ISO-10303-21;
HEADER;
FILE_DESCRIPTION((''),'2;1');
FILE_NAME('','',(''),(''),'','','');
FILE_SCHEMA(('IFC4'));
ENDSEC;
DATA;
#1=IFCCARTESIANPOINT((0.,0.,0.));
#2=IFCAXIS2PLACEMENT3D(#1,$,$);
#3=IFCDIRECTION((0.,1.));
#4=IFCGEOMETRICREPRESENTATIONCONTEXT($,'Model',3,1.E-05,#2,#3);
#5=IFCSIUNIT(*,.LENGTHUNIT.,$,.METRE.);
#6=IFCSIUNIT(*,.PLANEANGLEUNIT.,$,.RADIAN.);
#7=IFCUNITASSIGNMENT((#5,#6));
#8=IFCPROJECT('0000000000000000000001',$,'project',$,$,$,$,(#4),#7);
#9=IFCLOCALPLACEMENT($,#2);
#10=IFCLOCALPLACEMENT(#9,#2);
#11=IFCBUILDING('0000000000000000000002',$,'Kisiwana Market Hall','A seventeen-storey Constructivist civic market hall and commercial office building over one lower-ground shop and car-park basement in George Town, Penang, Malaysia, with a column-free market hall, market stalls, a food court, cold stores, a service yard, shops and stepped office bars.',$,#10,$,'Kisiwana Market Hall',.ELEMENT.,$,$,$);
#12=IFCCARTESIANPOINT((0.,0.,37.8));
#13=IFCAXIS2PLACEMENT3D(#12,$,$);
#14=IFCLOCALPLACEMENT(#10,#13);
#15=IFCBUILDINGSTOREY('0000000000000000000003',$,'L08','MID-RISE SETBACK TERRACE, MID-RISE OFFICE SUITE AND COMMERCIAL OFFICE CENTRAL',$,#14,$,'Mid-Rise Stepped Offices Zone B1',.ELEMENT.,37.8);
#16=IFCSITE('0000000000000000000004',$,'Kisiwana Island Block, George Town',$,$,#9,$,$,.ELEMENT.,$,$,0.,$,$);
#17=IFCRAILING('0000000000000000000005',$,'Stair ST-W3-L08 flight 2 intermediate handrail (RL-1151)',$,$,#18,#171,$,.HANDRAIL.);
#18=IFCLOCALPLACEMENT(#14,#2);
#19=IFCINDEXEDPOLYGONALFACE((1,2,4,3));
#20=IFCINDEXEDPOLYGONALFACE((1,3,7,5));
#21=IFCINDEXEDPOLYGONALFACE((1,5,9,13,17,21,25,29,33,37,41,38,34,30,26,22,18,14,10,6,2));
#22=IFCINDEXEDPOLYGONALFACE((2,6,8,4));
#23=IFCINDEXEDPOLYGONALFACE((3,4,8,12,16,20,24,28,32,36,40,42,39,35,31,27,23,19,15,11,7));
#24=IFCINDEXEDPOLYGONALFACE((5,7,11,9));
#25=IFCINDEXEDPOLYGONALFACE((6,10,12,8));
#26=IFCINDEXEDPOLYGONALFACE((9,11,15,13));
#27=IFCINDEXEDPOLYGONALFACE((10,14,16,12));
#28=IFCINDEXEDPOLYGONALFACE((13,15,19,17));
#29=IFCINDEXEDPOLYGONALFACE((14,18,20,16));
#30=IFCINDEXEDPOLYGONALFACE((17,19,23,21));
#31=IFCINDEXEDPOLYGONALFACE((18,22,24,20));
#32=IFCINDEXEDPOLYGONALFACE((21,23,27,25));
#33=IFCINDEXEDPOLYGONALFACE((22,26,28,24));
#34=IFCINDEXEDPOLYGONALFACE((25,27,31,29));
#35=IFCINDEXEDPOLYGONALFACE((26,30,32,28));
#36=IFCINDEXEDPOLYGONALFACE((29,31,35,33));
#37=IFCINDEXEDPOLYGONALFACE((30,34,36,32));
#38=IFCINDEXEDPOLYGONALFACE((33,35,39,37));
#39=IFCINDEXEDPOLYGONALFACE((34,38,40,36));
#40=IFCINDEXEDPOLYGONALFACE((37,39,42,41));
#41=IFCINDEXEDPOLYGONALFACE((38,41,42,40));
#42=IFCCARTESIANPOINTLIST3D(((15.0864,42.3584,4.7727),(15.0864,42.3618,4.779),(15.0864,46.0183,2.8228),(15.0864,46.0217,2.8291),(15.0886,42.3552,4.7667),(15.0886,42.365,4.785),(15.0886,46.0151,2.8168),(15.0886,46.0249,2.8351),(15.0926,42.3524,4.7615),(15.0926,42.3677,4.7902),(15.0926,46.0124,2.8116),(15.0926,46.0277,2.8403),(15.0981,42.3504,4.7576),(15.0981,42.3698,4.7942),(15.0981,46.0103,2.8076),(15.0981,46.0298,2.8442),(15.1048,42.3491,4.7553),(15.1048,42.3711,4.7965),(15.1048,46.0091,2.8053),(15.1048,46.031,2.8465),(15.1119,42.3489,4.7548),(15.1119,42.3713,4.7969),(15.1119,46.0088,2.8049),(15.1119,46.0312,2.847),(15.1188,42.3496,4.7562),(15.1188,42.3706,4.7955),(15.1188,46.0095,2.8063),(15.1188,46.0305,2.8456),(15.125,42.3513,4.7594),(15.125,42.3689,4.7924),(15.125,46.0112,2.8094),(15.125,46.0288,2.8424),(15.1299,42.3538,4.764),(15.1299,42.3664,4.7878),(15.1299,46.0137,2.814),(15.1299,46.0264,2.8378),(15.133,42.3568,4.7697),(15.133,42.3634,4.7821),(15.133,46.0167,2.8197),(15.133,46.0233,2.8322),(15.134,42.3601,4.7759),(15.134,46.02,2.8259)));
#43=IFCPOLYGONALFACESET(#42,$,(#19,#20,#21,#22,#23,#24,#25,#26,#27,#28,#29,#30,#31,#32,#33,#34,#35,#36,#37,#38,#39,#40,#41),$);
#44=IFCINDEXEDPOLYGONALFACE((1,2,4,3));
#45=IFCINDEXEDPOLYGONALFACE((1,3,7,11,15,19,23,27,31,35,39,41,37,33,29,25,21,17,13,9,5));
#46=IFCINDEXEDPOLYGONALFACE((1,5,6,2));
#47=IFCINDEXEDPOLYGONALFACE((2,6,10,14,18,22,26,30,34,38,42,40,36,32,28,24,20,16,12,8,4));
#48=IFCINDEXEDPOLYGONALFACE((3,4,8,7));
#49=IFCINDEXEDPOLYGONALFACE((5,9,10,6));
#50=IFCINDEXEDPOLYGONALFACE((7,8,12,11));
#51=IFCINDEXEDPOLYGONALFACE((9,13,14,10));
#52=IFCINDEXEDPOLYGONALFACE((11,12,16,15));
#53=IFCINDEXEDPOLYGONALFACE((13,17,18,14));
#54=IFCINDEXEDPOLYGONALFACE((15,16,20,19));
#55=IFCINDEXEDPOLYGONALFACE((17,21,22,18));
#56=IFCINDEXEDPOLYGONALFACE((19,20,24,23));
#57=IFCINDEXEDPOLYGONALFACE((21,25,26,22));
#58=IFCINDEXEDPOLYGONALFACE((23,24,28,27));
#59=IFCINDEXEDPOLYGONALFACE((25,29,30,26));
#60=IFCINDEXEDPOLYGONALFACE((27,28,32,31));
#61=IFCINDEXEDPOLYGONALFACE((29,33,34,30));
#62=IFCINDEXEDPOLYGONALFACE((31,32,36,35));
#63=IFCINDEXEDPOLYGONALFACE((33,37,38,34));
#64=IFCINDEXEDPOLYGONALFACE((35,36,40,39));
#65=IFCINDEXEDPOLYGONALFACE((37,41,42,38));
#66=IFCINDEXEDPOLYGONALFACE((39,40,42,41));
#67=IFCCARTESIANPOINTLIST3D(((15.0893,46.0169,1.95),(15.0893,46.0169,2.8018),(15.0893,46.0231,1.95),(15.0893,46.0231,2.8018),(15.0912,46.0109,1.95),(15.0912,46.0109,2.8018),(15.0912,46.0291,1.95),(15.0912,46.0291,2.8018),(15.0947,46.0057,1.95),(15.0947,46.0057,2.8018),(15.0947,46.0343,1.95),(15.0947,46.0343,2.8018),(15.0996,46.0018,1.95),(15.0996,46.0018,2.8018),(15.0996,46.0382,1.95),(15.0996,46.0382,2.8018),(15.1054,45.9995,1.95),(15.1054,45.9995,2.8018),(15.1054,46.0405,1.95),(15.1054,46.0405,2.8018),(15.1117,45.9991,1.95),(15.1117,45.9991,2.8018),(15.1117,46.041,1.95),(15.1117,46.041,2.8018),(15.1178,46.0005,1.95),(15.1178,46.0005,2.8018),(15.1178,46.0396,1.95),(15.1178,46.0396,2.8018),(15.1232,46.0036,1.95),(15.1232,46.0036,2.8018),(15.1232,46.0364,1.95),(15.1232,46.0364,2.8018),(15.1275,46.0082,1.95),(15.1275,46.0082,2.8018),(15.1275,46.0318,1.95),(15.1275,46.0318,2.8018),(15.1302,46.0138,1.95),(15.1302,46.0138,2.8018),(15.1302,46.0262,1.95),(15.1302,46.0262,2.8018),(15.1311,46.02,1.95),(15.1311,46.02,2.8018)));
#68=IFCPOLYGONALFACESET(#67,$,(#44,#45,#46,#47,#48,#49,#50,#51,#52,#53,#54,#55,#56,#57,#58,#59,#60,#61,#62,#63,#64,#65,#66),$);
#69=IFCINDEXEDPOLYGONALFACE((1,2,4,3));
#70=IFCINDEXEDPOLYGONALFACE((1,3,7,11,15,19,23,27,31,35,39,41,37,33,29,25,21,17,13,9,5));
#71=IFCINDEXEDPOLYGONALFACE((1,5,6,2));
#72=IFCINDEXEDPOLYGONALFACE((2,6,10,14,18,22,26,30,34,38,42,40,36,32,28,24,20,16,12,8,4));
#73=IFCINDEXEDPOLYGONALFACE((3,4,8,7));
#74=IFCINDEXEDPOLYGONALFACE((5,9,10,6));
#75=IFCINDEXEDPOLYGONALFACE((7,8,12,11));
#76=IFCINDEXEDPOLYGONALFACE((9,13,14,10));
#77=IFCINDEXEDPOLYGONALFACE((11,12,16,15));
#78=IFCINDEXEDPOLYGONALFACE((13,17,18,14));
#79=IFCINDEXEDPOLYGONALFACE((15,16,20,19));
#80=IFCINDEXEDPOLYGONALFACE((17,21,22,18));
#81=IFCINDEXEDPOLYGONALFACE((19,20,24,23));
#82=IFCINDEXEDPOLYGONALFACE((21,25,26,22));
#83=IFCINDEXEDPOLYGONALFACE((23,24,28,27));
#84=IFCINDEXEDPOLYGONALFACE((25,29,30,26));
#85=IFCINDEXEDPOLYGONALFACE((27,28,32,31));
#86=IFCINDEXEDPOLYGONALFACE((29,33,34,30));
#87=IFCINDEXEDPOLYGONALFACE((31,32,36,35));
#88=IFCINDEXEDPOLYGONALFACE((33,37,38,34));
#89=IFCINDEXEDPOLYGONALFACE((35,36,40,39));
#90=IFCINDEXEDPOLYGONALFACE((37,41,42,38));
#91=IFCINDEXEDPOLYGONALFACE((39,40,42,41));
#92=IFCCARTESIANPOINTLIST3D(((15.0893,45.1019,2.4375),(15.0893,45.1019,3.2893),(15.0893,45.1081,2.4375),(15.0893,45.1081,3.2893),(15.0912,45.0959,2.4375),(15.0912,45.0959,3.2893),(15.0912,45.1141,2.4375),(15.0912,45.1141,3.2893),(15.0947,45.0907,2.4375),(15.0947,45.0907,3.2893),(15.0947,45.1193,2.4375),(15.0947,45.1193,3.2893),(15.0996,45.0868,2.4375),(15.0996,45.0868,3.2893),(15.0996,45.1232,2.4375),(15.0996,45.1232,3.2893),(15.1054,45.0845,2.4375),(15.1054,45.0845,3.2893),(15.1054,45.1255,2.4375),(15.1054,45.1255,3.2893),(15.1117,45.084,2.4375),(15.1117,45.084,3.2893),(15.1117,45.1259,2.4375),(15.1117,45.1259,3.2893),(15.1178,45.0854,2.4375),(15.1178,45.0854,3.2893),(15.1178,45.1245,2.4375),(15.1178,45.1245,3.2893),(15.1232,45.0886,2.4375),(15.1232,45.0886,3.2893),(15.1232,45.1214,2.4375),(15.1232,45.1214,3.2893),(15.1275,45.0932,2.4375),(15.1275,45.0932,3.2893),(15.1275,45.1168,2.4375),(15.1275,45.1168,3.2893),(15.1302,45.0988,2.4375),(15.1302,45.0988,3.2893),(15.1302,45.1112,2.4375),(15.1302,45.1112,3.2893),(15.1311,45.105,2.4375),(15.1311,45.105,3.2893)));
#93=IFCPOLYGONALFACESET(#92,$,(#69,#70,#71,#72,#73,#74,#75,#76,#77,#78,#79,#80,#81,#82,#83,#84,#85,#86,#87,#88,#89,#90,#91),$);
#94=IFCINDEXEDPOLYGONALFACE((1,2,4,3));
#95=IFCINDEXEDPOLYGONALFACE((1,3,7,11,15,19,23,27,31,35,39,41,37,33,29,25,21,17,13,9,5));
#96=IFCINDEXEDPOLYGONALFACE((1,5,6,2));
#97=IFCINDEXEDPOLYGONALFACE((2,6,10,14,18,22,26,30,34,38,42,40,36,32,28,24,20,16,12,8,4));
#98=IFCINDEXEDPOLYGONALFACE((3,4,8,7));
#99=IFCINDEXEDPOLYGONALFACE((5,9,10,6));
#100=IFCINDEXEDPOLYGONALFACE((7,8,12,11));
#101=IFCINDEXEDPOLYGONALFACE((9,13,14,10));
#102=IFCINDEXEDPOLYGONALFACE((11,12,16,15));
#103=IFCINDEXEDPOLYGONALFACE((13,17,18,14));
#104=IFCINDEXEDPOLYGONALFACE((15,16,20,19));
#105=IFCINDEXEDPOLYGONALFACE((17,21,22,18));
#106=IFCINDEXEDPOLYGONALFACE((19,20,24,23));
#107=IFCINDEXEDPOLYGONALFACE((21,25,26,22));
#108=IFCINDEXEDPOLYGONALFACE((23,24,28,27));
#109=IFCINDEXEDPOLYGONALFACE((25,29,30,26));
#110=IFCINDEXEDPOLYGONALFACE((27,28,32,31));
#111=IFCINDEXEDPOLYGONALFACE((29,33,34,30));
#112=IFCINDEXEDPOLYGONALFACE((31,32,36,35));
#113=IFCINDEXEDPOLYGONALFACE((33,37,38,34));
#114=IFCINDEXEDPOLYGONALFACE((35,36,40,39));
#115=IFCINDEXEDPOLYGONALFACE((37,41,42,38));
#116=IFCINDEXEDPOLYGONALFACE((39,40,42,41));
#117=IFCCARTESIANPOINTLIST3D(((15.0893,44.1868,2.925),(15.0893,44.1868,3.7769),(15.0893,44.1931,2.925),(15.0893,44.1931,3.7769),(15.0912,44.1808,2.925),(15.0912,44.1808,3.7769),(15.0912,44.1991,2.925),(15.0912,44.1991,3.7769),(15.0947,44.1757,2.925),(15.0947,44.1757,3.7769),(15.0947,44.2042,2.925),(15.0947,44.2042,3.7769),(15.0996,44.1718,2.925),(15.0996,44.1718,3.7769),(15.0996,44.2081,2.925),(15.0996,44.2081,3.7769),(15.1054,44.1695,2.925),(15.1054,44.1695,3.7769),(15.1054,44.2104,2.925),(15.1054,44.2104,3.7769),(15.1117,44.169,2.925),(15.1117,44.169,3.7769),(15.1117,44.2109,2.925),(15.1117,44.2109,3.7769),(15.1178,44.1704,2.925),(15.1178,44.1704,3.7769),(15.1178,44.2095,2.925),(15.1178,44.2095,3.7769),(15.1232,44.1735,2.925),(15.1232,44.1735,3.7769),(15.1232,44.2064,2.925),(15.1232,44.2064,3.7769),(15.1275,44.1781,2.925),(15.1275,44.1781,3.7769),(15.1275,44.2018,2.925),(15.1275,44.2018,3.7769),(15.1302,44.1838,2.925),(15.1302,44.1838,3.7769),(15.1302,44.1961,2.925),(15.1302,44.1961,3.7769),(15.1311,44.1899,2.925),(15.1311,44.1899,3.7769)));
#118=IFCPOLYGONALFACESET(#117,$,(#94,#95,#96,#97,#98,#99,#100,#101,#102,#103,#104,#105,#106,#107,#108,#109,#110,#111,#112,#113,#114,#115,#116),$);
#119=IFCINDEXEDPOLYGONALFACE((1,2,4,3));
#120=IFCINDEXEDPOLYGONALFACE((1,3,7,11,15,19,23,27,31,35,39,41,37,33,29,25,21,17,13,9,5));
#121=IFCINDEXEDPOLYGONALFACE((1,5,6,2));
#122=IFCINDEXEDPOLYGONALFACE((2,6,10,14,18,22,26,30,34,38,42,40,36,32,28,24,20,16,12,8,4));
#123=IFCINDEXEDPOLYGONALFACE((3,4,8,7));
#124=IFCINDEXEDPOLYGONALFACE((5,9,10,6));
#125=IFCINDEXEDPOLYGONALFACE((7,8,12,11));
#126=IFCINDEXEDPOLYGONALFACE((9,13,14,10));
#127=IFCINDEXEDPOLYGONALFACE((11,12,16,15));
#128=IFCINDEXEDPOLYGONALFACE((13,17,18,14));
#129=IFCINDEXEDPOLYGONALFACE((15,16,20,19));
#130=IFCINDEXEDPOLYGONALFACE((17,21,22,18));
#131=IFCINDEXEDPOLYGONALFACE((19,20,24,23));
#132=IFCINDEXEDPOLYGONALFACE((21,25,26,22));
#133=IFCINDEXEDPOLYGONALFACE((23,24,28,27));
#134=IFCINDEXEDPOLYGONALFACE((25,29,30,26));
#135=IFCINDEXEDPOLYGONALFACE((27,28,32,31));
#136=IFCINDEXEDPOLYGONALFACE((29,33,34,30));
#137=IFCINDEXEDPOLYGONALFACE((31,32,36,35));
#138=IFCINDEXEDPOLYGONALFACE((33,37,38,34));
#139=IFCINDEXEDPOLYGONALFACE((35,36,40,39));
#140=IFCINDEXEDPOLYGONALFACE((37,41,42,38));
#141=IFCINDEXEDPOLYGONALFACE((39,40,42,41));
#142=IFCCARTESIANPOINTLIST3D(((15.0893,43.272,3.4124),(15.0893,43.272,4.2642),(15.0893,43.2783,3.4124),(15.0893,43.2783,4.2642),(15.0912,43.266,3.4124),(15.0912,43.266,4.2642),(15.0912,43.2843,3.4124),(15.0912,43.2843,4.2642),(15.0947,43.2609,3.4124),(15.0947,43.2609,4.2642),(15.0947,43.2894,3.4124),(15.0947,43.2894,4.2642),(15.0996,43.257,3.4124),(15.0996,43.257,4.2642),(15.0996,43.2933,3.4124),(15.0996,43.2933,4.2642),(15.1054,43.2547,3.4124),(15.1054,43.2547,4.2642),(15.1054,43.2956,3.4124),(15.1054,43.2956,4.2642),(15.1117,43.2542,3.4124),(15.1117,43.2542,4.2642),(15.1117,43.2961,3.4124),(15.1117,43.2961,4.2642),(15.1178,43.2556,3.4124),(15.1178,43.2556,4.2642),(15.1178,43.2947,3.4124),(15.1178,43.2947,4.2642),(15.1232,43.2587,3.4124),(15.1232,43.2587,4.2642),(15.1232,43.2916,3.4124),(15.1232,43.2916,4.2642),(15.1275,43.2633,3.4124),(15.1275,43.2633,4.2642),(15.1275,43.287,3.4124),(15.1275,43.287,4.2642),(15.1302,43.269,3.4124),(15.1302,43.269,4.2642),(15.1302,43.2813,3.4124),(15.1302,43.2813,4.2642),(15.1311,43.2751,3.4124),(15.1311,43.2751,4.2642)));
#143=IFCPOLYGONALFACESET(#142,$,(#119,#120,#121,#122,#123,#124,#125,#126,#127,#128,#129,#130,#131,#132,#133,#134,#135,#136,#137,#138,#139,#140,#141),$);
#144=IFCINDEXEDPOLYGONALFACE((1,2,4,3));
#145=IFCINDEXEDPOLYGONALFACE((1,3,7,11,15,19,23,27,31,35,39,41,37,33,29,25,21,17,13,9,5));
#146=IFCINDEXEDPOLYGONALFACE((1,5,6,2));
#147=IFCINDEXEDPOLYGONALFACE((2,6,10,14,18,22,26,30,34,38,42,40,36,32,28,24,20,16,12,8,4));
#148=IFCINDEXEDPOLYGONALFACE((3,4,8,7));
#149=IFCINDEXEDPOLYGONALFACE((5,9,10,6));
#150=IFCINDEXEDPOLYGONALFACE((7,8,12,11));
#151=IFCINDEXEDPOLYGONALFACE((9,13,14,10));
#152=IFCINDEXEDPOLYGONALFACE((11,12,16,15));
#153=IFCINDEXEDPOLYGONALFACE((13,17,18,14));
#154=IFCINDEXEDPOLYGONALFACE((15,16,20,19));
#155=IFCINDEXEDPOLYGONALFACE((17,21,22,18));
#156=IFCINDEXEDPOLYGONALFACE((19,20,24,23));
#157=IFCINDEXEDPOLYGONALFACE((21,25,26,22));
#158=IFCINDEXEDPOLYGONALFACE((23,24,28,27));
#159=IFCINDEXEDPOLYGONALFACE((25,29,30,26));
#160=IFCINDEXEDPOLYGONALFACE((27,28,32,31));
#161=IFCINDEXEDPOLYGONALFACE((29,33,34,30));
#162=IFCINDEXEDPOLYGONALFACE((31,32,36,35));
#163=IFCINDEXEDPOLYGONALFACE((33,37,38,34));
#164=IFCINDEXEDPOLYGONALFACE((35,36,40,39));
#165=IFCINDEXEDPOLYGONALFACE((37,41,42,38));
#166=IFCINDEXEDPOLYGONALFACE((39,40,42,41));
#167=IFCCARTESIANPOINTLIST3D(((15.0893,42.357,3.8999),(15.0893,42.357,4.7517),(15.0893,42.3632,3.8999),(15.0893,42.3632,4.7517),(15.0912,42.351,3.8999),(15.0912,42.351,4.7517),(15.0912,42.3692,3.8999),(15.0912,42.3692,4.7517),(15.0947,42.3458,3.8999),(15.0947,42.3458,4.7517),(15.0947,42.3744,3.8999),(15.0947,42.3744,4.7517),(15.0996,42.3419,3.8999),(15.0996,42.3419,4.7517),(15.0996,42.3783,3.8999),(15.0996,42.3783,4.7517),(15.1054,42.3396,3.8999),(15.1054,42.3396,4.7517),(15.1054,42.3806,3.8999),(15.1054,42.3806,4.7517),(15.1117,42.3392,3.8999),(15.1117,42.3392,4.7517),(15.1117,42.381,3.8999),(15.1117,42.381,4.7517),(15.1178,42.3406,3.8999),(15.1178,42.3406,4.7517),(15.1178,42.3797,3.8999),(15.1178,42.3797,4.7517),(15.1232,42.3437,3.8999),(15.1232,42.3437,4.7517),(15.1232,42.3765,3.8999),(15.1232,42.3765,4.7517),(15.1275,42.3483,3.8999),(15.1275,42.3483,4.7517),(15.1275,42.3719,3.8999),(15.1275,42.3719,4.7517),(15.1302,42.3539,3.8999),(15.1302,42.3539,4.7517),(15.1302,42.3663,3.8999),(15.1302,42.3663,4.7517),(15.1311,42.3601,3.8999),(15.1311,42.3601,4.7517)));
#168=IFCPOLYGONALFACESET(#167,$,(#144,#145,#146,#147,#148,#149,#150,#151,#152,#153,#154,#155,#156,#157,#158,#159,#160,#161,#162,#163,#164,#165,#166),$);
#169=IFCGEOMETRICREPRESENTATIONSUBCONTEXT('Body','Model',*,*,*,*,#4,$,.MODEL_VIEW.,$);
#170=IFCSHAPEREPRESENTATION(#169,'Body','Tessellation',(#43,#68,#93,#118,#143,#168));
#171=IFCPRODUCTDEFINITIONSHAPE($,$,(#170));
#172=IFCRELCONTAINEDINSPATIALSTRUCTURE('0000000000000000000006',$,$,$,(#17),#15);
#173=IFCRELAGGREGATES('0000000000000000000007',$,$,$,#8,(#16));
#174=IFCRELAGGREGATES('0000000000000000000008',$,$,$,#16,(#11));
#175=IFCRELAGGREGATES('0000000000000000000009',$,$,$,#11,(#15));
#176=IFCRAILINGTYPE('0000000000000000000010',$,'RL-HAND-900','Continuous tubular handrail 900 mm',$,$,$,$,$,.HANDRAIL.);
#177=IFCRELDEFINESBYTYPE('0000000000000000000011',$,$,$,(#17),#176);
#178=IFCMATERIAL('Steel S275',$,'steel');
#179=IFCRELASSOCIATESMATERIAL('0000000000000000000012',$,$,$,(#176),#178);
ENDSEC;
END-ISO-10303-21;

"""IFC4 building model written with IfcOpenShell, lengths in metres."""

from ifc_helpers import new_model, si_unit, direction, frame, origin, origin_2d, place, context, subcontext, project, spatial, circle, extrude, material, type_object, element, save


model = new_model("IFC4")

# Units and contexts
model_context = context("Model", 3, precision=1e-05, world=origin(), true_north=direction((0.0, 1.0)))
body_context = subcontext(model_context, "Body", "Model", "MODEL_VIEW")
ifc_project = project(units=[si_unit("LENGTHUNIT", "METRE"), si_unit("PLANEANGLEUNIT", "RADIAN")], contexts=[model_context])

# Site, building, storey
site_placement = place(None, origin())
site = spatial("IfcSite", under=ifc_project, at=site_placement, Name="Kisiwana Island Block, George Town", CompositionType="ELEMENT", RefElevation=0.0)
building_placement = place(site_placement, origin())
building = spatial("IfcBuilding", under=site, at=building_placement, Name="Kisiwana Market Hall", Description="A seventeen-storey Constructivist civic market hall and commercial office building over one lower-ground shop and car-park basement in George Town, Penang, Malaysia, with a column-free market hall, market stalls, a food court, cold stores, a service yard, shops and stepped office bars.", LongName="Kisiwana Market Hall", CompositionType="ELEMENT")
storey_placement = place(building_placement, frame((0.0, 0.0, 37.8)))
storey = spatial("IfcBuildingStorey", under=building, at=storey_placement, Name="L08", Description="MID-RISE SETBACK TERRACE, MID-RISE OFFICE SUITE AND COMMERCIAL OFFICE CENTRAL", LongName="Mid-Rise Stepped Offices Zone B1", CompositionType="ELEMENT", Elevation=37.8)

# Railing
ifc_material_1 = material(Name="Steel S275", Category="steel")
railing_type_1 = type_object("IfcRailingType", Name="RL-HAND-900", Description="Continuous tubular handrail 900 mm", PredefinedType="HANDRAIL", material=ifc_material_1)
for number, where, name in (
    (1, (15.1101, 46.02, 1.95), "Stair ST-W3-L08 flight 2 intermediate handrail (RL-1151)"),
):
    element("IfcRailing", number, at=place(storey_placement, frame(where)), inside=storey, type_object=railing_type_1, Name=name, PredefinedType="HANDRAIL", context=body_context, shape_type="SweptSolid", body=[
        extrude(circle(Radius=0.0239, at=origin_2d()), frame((0.0, 0.0, 0.876), z_axis=(0.0, -0.882553, 0.470212), x_axis=(1.0, 0.0, 0.0)), (0.0, 0.0, 1.0), 4.147),
        extrude(circle(Radius=0.021, at=origin_2d()), origin(), (0.0, 0.0, 1.0), 0.8518),
        extrude(circle(Radius=0.021, at=origin_2d()), frame((0.0, -0.915, 0.4875)), (0.0, 0.0, 1.0), 0.8518),
        extrude(circle(Radius=0.021, at=origin_2d()), frame((0.0, -1.8301, 0.9751)), (0.0, 0.0, 1.0), 0.8518),
        extrude(circle(Radius=0.021, at=origin_2d()), frame((0.0, -2.7449, 1.4624)), (0.0, 0.0, 1.0), 0.8518),
        extrude(circle(Radius=0.021, at=origin_2d()), frame((0.0, -3.6599, 1.95)), (0.0, 0.0, 1.0), 0.8518),
    ])

save(model, "model.ifc")
